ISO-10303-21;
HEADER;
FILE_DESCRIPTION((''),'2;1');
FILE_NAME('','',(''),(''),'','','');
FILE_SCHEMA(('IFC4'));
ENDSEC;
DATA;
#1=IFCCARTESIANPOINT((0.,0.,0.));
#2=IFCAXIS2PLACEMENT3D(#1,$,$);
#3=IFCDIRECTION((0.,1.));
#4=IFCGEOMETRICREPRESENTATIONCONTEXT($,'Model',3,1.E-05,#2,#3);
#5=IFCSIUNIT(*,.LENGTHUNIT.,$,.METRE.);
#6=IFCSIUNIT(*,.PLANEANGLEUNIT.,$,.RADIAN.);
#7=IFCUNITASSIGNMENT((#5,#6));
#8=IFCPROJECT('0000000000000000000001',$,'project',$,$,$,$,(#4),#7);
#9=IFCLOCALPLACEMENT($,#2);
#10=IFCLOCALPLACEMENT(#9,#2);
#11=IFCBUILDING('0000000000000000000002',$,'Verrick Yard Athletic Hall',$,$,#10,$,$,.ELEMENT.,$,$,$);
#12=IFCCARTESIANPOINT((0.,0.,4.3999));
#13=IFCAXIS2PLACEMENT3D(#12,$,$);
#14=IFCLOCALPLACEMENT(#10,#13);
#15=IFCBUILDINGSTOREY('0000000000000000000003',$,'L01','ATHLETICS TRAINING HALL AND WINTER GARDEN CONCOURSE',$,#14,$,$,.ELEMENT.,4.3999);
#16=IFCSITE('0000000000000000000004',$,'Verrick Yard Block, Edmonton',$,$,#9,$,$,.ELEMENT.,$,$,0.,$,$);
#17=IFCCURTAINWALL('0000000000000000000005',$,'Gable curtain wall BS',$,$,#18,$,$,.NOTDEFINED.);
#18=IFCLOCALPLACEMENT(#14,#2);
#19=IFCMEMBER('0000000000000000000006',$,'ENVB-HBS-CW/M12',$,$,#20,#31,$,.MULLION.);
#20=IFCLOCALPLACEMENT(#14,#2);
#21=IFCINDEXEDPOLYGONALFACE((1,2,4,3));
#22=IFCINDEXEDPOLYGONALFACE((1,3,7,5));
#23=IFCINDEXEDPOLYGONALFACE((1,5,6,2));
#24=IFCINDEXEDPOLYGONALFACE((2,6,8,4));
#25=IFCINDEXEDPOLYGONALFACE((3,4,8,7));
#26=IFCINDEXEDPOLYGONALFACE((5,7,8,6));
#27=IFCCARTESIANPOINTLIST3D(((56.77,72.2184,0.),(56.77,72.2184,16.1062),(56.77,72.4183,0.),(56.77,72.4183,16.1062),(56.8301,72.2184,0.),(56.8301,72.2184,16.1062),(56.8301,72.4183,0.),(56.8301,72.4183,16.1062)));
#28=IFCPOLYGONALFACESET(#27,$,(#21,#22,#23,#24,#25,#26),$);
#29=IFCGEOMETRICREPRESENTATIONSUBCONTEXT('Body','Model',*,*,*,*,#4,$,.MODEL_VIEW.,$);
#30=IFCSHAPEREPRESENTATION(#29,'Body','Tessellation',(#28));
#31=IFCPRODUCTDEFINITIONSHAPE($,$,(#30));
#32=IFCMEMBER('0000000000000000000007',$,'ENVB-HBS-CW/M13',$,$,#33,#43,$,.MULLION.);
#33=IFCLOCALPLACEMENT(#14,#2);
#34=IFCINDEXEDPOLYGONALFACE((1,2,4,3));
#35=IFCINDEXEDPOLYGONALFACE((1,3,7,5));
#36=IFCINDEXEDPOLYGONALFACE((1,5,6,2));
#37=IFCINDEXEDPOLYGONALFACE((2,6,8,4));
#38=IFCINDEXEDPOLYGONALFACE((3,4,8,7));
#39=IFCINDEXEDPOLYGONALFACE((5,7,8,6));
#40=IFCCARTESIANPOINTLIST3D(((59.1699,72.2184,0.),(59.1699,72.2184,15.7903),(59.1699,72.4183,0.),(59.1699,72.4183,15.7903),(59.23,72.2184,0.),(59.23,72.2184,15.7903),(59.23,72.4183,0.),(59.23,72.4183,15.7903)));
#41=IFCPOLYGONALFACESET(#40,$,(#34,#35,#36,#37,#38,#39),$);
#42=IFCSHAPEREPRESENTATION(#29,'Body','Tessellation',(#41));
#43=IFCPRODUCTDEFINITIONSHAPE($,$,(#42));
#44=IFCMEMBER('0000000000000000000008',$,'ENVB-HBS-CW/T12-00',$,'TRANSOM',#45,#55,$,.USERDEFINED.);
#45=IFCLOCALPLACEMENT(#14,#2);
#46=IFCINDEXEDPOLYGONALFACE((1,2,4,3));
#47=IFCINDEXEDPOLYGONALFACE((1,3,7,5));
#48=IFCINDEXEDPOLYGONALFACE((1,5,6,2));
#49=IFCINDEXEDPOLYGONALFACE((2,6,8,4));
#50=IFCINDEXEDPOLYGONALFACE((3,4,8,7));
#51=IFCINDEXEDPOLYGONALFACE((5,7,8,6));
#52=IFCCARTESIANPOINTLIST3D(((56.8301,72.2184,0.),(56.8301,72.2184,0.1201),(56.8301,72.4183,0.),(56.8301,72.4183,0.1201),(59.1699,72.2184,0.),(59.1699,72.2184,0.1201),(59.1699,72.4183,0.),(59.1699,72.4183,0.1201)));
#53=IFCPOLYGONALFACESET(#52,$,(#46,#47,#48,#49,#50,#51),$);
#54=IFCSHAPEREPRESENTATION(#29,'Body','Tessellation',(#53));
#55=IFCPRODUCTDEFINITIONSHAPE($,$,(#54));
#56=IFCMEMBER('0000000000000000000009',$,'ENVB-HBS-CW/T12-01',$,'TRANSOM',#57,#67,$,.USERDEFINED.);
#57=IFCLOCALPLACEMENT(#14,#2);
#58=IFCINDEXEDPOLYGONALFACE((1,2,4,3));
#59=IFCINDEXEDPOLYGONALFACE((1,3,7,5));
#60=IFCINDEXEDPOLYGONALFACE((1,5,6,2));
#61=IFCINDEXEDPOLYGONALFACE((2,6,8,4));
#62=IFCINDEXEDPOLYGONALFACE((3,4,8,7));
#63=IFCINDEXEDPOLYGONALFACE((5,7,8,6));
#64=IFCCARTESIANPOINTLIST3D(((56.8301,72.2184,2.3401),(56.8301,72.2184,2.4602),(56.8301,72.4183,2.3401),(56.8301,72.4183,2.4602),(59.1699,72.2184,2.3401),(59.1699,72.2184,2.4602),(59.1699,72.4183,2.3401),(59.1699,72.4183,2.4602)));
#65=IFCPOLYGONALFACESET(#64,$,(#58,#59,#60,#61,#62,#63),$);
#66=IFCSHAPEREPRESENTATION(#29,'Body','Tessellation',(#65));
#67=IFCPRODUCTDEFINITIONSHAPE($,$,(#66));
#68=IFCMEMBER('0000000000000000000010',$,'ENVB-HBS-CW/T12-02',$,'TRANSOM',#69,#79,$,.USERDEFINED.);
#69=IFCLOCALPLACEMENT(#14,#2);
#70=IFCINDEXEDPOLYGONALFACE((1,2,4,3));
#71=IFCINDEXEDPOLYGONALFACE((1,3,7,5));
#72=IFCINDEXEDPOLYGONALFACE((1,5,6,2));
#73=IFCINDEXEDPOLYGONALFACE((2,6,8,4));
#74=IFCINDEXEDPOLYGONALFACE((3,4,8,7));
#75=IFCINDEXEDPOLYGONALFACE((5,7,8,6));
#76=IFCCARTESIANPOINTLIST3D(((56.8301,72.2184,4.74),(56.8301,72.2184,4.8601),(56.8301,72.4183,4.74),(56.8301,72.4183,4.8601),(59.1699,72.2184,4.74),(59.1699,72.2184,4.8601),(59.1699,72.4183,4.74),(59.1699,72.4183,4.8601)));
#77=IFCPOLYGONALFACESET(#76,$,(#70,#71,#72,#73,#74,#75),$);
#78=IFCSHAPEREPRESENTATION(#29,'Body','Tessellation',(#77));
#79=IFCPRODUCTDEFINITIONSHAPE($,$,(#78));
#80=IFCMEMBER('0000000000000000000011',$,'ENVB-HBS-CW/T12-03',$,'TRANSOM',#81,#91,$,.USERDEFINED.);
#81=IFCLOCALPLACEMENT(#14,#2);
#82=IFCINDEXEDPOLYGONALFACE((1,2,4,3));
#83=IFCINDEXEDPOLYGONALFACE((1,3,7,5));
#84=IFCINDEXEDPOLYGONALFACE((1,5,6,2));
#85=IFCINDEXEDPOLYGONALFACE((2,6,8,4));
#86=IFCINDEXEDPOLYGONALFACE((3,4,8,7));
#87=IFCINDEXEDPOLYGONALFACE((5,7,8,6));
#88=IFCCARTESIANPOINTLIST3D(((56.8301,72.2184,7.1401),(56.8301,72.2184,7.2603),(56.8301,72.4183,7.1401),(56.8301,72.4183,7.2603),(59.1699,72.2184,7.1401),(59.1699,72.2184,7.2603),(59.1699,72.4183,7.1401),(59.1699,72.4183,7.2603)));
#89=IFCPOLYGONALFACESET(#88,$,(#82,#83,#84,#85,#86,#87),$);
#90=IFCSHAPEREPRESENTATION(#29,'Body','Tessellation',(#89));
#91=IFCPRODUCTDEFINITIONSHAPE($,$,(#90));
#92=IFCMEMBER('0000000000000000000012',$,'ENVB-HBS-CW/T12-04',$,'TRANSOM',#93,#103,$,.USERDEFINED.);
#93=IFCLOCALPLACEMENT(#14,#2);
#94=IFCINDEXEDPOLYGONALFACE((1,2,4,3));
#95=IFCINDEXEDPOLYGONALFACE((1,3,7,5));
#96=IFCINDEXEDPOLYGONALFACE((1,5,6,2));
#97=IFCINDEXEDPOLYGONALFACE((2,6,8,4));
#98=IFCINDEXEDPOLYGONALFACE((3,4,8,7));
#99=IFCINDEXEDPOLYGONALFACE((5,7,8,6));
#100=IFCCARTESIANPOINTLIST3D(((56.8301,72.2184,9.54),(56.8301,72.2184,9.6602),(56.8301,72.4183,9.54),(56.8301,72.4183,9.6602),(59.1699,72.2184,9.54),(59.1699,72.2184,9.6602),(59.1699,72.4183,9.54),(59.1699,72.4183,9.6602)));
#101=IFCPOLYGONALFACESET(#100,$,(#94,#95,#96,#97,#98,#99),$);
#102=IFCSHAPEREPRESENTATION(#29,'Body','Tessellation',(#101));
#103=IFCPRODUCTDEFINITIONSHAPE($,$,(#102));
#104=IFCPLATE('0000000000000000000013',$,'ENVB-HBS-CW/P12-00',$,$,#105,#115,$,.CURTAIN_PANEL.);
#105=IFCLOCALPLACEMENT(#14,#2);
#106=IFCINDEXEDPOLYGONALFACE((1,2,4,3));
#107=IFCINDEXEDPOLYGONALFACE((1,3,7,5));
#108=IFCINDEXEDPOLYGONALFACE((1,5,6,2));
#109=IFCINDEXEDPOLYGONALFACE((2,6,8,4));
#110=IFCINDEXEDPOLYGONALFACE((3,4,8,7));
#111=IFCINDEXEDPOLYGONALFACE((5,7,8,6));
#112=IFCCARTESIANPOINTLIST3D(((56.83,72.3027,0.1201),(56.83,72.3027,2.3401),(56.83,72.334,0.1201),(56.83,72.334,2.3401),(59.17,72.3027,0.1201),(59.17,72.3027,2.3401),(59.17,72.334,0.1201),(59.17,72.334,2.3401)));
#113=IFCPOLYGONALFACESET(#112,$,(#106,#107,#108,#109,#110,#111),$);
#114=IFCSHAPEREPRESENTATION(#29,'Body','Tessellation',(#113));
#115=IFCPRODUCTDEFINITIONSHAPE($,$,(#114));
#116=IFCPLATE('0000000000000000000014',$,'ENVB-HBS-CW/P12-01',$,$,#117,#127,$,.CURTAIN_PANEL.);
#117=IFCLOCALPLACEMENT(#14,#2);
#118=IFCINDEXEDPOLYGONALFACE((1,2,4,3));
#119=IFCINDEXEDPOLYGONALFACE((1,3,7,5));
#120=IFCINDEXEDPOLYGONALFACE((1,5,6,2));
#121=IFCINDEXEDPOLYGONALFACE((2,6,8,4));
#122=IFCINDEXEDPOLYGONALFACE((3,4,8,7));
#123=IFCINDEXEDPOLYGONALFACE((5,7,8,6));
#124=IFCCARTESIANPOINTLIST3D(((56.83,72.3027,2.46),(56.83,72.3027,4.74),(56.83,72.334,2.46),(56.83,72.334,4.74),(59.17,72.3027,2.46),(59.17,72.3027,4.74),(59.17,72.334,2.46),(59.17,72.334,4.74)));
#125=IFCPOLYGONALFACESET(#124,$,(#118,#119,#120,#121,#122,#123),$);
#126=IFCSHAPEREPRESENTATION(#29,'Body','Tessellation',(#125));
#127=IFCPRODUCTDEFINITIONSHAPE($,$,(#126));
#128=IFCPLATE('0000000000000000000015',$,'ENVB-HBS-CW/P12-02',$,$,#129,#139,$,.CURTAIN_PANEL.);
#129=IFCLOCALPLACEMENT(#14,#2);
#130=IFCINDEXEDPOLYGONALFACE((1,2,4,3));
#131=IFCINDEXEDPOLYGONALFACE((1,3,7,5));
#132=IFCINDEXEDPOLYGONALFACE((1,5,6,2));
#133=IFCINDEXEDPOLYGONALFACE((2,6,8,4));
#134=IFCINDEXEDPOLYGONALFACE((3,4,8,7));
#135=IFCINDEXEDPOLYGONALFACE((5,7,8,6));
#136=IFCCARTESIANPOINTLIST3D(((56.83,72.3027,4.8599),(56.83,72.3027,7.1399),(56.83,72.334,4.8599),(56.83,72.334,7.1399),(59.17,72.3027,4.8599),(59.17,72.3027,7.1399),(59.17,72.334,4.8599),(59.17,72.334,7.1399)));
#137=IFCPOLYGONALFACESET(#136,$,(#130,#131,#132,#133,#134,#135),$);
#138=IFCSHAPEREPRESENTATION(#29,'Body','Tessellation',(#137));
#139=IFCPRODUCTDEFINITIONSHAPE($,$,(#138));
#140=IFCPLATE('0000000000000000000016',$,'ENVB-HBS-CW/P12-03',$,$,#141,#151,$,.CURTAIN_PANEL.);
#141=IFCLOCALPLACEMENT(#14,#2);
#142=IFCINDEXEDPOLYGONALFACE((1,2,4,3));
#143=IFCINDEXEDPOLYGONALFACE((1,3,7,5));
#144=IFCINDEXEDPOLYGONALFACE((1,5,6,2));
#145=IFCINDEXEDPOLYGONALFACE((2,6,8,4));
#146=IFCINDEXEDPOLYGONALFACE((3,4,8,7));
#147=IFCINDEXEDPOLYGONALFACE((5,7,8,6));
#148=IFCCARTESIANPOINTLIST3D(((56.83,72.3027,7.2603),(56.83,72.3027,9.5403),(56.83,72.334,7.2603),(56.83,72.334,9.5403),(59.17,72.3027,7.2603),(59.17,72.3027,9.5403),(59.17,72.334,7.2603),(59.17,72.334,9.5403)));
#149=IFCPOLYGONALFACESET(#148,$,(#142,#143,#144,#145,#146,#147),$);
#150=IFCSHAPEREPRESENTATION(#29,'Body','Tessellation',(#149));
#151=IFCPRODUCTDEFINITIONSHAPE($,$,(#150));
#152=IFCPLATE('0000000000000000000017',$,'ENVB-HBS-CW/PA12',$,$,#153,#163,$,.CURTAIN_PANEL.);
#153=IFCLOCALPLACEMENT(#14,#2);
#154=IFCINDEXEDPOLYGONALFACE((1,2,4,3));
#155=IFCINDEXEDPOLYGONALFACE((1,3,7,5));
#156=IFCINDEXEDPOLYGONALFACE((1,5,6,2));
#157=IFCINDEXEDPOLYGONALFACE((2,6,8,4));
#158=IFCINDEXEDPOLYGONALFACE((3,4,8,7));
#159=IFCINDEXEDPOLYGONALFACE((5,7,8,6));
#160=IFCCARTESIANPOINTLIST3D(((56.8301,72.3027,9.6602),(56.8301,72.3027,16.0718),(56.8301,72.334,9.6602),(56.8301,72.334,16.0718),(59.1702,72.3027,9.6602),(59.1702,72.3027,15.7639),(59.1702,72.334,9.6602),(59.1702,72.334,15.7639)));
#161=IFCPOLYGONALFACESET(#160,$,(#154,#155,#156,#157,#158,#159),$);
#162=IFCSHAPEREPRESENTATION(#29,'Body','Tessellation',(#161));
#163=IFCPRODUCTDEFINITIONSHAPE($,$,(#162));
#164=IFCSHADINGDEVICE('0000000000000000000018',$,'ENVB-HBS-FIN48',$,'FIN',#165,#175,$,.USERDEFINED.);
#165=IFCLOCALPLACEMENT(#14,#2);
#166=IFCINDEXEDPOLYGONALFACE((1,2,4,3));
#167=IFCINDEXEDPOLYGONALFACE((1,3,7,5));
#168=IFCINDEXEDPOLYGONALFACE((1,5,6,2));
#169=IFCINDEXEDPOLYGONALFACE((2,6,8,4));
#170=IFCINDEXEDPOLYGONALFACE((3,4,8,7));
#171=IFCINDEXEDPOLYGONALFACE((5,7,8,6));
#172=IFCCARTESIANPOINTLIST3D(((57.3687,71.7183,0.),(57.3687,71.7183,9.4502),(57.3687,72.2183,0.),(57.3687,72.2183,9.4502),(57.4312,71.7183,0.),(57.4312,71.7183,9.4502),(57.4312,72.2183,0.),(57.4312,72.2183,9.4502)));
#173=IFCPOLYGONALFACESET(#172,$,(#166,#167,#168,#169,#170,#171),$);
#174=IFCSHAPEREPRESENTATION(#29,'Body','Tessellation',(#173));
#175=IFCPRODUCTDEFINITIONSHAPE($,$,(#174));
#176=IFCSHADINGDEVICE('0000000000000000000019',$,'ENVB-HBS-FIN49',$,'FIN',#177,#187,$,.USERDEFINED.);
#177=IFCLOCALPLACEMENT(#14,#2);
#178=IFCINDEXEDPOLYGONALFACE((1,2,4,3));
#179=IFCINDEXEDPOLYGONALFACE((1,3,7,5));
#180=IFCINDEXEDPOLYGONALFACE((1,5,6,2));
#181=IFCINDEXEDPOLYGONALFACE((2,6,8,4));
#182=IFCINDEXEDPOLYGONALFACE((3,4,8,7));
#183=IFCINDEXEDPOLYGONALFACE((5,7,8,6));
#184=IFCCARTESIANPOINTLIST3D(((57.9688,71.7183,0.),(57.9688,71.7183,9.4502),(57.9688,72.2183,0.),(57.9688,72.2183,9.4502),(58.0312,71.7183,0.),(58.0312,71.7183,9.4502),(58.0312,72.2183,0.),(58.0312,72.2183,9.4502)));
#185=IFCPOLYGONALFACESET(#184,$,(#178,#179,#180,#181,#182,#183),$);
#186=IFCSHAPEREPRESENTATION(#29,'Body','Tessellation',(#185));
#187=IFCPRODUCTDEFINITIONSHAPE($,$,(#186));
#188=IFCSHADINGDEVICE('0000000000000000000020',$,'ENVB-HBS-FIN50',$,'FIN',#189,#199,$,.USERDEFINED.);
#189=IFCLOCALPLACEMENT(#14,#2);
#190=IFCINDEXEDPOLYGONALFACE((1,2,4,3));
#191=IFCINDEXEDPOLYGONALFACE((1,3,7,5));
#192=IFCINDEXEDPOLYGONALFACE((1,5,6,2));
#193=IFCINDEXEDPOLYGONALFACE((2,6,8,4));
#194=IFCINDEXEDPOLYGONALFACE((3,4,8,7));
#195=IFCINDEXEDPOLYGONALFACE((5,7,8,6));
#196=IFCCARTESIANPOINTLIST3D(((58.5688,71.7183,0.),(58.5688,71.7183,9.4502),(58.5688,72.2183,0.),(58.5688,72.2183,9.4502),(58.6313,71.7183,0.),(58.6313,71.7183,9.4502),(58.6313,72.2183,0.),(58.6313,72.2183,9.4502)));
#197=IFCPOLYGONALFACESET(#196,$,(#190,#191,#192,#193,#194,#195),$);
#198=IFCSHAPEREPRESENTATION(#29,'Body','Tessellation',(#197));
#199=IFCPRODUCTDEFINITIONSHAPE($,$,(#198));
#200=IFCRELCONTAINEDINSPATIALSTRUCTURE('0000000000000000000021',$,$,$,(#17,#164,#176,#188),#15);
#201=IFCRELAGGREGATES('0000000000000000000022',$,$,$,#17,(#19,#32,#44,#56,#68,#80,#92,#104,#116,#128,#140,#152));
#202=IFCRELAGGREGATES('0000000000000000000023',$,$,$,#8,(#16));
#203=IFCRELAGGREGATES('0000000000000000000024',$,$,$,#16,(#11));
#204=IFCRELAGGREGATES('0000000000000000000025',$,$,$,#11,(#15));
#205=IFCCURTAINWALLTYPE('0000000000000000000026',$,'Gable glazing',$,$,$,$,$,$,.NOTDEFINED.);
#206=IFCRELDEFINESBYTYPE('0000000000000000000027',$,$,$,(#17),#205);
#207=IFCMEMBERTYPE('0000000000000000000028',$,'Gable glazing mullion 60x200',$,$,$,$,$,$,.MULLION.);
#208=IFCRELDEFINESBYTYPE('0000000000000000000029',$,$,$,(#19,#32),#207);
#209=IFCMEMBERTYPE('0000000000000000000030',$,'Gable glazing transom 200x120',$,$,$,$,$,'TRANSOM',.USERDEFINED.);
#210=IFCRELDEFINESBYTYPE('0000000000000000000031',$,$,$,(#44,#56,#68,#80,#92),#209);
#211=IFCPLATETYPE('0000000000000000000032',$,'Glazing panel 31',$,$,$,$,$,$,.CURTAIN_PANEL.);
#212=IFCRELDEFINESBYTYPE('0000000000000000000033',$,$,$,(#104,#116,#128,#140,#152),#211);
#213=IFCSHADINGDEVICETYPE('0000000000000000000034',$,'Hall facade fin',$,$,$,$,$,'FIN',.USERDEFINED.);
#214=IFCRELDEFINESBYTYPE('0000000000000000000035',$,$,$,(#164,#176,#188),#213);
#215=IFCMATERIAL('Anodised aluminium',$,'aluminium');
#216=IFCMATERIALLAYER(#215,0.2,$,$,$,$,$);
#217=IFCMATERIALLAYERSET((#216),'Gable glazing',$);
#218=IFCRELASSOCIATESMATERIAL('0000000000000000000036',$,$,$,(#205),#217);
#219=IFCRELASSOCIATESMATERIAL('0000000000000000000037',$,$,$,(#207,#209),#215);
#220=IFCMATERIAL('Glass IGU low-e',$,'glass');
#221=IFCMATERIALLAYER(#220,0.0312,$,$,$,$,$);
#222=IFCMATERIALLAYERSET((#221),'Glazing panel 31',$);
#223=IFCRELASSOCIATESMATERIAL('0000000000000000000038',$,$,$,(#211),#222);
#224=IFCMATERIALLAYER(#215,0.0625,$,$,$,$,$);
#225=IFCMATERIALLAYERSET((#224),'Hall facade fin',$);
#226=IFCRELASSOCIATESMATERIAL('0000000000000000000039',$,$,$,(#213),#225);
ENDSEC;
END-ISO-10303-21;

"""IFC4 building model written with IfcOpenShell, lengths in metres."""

from ifc_helpers import new_model, si_unit, direction, frame, origin, origin_2d, place, context, subcontext, project, spatial, polyline, rectangle, outline, extrude, material, layer, layer_set, material_profile, profile_set, type_object, element, aggregate, save


model = new_model("IFC4")

# Units and contexts
model_context = context("Model", 3, precision=1e-05, world=origin(), true_north=direction((0.0, 1.0)))
body_context = subcontext(model_context, "Body", "Model", "MODEL_VIEW")
ifc_project = project(units=[si_unit("LENGTHUNIT", "METRE"), si_unit("PLANEANGLEUNIT", "RADIAN")], contexts=[model_context])

# Site, building, storey
site_placement = place(None, origin())
site = spatial("IfcSite", under=ifc_project, at=site_placement, Name="Verrick Yard Block, Edmonton", CompositionType="ELEMENT", RefElevation=0.0)
building_placement = place(site_placement, origin())
building = spatial("IfcBuilding", under=site, at=building_placement, Name="Verrick Yard Athletic Hall", CompositionType="ELEMENT")
storey_placement = place(building_placement, frame((0.0, 0.0, 4.3999)))
storey = spatial("IfcBuildingStorey", under=building, at=storey_placement, Name="L01", Description="ATHLETICS TRAINING HALL AND WINTER GARDEN CONCOURSE", CompositionType="ELEMENT", Elevation=4.3999)

# Curtain wall, members, plates
ifc_material_1 = material(Name="Anodised aluminium", Category="aluminium")
ifc_layer_1 = layer(ifc_material_1, 0.2)
ifc_layer_set_1 = layer_set([ifc_layer_1], Name="Gable glazing")
curtain_wall_type = type_object("IfcCurtainWallType", Name="Gable glazing", PredefinedType="NOTDEFINED", material=ifc_layer_set_1)
curtain_wall_placement = place(storey_placement, origin())
curtain_wall = element("IfcCurtainWall", 1, at=curtain_wall_placement, inside=storey, type_object=curtain_wall_type, Name="Gable curtain wall BS", PredefinedType="NOTDEFINED")
ifc_material_profile_1 = material_profile(ifc_material_1, rectangle(XDim=0.2, YDim=0.0601, at=origin_2d()), Name="CW gable mullion 60x200")
ifc_profile_set_1 = profile_set([ifc_material_profile_1], Name="Anodised aluminium")
member_type_1 = type_object("IfcMemberType", Name="Gable glazing mullion 60x200", PredefinedType="MULLION", material=ifc_profile_set_1)
member_1_placement = place(storey_placement, frame((56.8, 72.3184, 0.0), z_axis=(0.0, 0.0, 1.0), x_axis=(0.0, 1.0, 0.0)))
member_1 = element("IfcMember", 2, at=member_1_placement, type_object=member_type_1, Name="ENVB-HBS-CW/M12", PredefinedType="MULLION", context=body_context, shape_type="SweptSolid", body=[
    extrude(rectangle(XDim=0.2, YDim=0.0601, at=origin_2d()), origin(), (0.0, 0.0, 1.0), 16.1062),
])
member_2_placement = place(storey_placement, frame((59.2, 72.3184, 0.0), z_axis=(0.0, 0.0, 1.0), x_axis=(0.0, 1.0, 0.0)))
member_2 = element("IfcMember", 3, at=member_2_placement, type_object=member_type_1, Name="ENVB-HBS-CW/M13", PredefinedType="MULLION", context=body_context, shape_type="SweptSolid", body=[
    extrude(rectangle(XDim=0.2, YDim=0.0601, at=origin_2d()), origin(), (0.0, 0.0, 1.0), 15.7903),
])
ifc_material_profile_2 = material_profile(ifc_material_1, rectangle(XDim=0.2, YDim=0.1201, at=origin_2d()), Name="CW gable transom 200x120")
ifc_profile_set_2 = profile_set([ifc_material_profile_2], Name="Anodised aluminium")
member_type_2 = type_object("IfcMemberType", Name="Gable glazing transom 200x120", ElementType="TRANSOM", PredefinedType="USERDEFINED", material=ifc_profile_set_2)
member_3_placement = place(storey_placement, frame((56.8301, 72.3184, 0.0601), z_axis=(1.0, 0.0, 0.0), x_axis=(0.0, 1.0, 0.0)))
member_3 = element("IfcMember", 4, at=member_3_placement, type_object=member_type_2, Name="ENVB-HBS-CW/T12-00", ObjectType="TRANSOM", PredefinedType="USERDEFINED", context=body_context, shape_type="SweptSolid", body=[
    extrude(rectangle(XDim=0.2, YDim=0.1201, at=origin_2d()), origin(), (0.0, 0.0, 1.0), 2.3398),
])
member_4_placement = place(storey_placement, frame((56.8301, 72.3184, 2.4001), z_axis=(1.0, 0.0, 0.0), x_axis=(0.0, 1.0, 0.0)))
member_4 = element("IfcMember", 5, at=member_4_placement, type_object=member_type_2, Name="ENVB-HBS-CW/T12-01", ObjectType="TRANSOM", PredefinedType="USERDEFINED", context=body_context, shape_type="SweptSolid", body=[
    extrude(rectangle(XDim=0.2, YDim=0.1201, at=origin_2d()), origin(), (0.0, 0.0, 1.0), 2.3398),
])
member_5_placement = place(storey_placement, frame((56.8301, 72.3184, 4.8), z_axis=(1.0, 0.0, 0.0), x_axis=(0.0, 1.0, 0.0)))
member_5 = element("IfcMember", 6, at=member_5_placement, type_object=member_type_2, Name="ENVB-HBS-CW/T12-02", ObjectType="TRANSOM", PredefinedType="USERDEFINED", context=body_context, shape_type="SweptSolid", body=[
    extrude(rectangle(XDim=0.2, YDim=0.1201, at=origin_2d()), origin(), (0.0, 0.0, 1.0), 2.3398),
])
member_6_placement = place(storey_placement, frame((56.8301, 72.3184, 7.2002), z_axis=(1.0, 0.0, 0.0), x_axis=(0.0, 1.0, 0.0)))
member_6 = element("IfcMember", 7, at=member_6_placement, type_object=member_type_2, Name="ENVB-HBS-CW/T12-03", ObjectType="TRANSOM", PredefinedType="USERDEFINED", context=body_context, shape_type="SweptSolid", body=[
    extrude(rectangle(XDim=0.2, YDim=0.1201, at=origin_2d()), origin(), (0.0, 0.0, 1.0), 2.3398),
])
member_7_placement = place(storey_placement, frame((56.8301, 72.3184, 9.6001), z_axis=(1.0, 0.0, 0.0), x_axis=(0.0, 1.0, 0.0)))
member_7 = element("IfcMember", 8, at=member_7_placement, type_object=member_type_2, Name="ENVB-HBS-CW/T12-04", ObjectType="TRANSOM", PredefinedType="USERDEFINED", context=body_context, shape_type="SweptSolid", body=[
    extrude(rectangle(XDim=0.2, YDim=0.1201, at=origin_2d()), origin(), (0.0, 0.0, 1.0), 2.3398),
])
ifc_material_2 = material(Name="Glass IGU low-e", Category="glass")
ifc_layer_2 = layer(ifc_material_2, 0.0312)
ifc_layer_set_2 = layer_set([ifc_layer_2], Name="Glazing panel 31")
plate_type = type_object("IfcPlateType", Name="Glazing panel 31", PredefinedType="CURTAIN_PANEL", material=ifc_layer_set_2)
plate_1_placement = place(storey_placement, frame((58.0, 72.3184, 0.1201), z_axis=(0.0, 0.0, 1.0), x_axis=(1.0, 0.0, 0.0)))
plate_1 = element("IfcPlate", 9, at=plate_1_placement, type_object=plate_type, Name="ENVB-HBS-CW/P12-00", PredefinedType="CURTAIN_PANEL", context=body_context, shape_type="SweptSolid", body=[
    extrude(rectangle(XDim=2.3401, YDim=0.0312, at=origin_2d()), origin(), (0.0, 0.0, 1.0), 2.22),
])
plate_2_placement = place(storey_placement, frame((58.0, 72.3184, 2.46), z_axis=(0.0, 0.0, 1.0), x_axis=(1.0, 0.0, 0.0)))
plate_2 = element("IfcPlate", 10, at=plate_2_placement, type_object=plate_type, Name="ENVB-HBS-CW/P12-01", PredefinedType="CURTAIN_PANEL", context=body_context, shape_type="SweptSolid", body=[
    extrude(rectangle(XDim=2.3401, YDim=0.0312, at=origin_2d()), origin(), (0.0, 0.0, 1.0), 2.28),
])
plate_3_placement = place(storey_placement, frame((58.0, 72.3184, 4.8599), z_axis=(0.0, 0.0, 1.0), x_axis=(1.0, 0.0, 0.0)))
plate_3 = element("IfcPlate", 11, at=plate_3_placement, type_object=plate_type, Name="ENVB-HBS-CW/P12-02", PredefinedType="CURTAIN_PANEL", context=body_context, shape_type="SweptSolid", body=[
    extrude(rectangle(XDim=2.3401, YDim=0.0312, at=origin_2d()), origin(), (0.0, 0.0, 1.0), 2.28),
])
plate_4_placement = place(storey_placement, frame((58.0, 72.3184, 7.2603), z_axis=(0.0, 0.0, 1.0), x_axis=(1.0, 0.0, 0.0)))
plate_4 = element("IfcPlate", 12, at=plate_4_placement, type_object=plate_type, Name="ENVB-HBS-CW/P12-03", PredefinedType="CURTAIN_PANEL", context=body_context, shape_type="SweptSolid", body=[
    extrude(rectangle(XDim=2.3401, YDim=0.0312, at=origin_2d()), origin(), (0.0, 0.0, 1.0), 2.28),
])
plate_5_placement = place(storey_placement, frame((56.8301, 72.3184, 9.6602), z_axis=(0.0, 0.0, 1.0), x_axis=(1.0, 0.0, 0.0)))
plate_5 = element("IfcPlate", 13, at=plate_5_placement, type_object=plate_type, Name="ENVB-HBS-CW/PA12", PredefinedType="CURTAIN_PANEL", context=body_context, shape_type="SweptSolid", body=[
    extrude(outline(polyline([(0.0, 6.4116), (2.3401, 6.1038), (2.3401, 0.0), (0.0, 0.0), (0.0, 6.4116)])), frame((0.0, 0.0156, 0.0), z_axis=(0.0, -1.0, 0.0), x_axis=(1.0, 0.0, 0.0)), (0.0, 0.0, 1.0), 0.0312),
])
aggregate(curtain_wall, [member_1, member_2, member_3, member_4, member_5, member_6, member_7, plate_1, plate_2, plate_3, plate_4, plate_5])

# Shading devices
ifc_layer_3 = layer(ifc_material_1, 0.0625)
ifc_layer_set_3 = layer_set([ifc_layer_3], Name="Hall facade fin")
shading_device_type = type_object("IfcShadingDeviceType", Name="Hall facade fin", ElementType="FIN", PredefinedType="USERDEFINED", material=ifc_layer_set_3)
for number, where, z_axis, x_axis, name in (
    (14, (57.3999, 71.7183, 0.0), (0.0, 0.0, 1.0), (0.0, 1.0, 0.0), "ENVB-HBS-FIN48"),
    (15, (58.0, 71.7183, 0.0), (0.0, 0.0, 1.0), (0.0, 1.0, 0.0), "ENVB-HBS-FIN49"),
    (16, (58.6001, 71.7183, 0.0), (0.0, 0.0, 1.0), (0.0, 1.0, 0.0), "ENVB-HBS-FIN50"),
):
    element("IfcShadingDevice", number, at=place(storey_placement, frame(where, z_axis=z_axis, x_axis=x_axis)), inside=storey, type_object=shading_device_type, Name=name, ObjectType="FIN", PredefinedType="USERDEFINED", context=body_context, shape_type="SweptSolid", body=[
        extrude(outline(polyline([(0.0, 0.0), (0.5, 0.0), (0.5, 9.4502), (0.0, 9.4502), (0.0, 0.0)])), frame((0.0, 0.0312, 0.0), z_axis=(0.0, -1.0, 0.0), x_axis=(1.0, 0.0, 0.0)), (0.0, 0.0, 1.0), 0.0625),
    ])

save(model, "model.ifc")
